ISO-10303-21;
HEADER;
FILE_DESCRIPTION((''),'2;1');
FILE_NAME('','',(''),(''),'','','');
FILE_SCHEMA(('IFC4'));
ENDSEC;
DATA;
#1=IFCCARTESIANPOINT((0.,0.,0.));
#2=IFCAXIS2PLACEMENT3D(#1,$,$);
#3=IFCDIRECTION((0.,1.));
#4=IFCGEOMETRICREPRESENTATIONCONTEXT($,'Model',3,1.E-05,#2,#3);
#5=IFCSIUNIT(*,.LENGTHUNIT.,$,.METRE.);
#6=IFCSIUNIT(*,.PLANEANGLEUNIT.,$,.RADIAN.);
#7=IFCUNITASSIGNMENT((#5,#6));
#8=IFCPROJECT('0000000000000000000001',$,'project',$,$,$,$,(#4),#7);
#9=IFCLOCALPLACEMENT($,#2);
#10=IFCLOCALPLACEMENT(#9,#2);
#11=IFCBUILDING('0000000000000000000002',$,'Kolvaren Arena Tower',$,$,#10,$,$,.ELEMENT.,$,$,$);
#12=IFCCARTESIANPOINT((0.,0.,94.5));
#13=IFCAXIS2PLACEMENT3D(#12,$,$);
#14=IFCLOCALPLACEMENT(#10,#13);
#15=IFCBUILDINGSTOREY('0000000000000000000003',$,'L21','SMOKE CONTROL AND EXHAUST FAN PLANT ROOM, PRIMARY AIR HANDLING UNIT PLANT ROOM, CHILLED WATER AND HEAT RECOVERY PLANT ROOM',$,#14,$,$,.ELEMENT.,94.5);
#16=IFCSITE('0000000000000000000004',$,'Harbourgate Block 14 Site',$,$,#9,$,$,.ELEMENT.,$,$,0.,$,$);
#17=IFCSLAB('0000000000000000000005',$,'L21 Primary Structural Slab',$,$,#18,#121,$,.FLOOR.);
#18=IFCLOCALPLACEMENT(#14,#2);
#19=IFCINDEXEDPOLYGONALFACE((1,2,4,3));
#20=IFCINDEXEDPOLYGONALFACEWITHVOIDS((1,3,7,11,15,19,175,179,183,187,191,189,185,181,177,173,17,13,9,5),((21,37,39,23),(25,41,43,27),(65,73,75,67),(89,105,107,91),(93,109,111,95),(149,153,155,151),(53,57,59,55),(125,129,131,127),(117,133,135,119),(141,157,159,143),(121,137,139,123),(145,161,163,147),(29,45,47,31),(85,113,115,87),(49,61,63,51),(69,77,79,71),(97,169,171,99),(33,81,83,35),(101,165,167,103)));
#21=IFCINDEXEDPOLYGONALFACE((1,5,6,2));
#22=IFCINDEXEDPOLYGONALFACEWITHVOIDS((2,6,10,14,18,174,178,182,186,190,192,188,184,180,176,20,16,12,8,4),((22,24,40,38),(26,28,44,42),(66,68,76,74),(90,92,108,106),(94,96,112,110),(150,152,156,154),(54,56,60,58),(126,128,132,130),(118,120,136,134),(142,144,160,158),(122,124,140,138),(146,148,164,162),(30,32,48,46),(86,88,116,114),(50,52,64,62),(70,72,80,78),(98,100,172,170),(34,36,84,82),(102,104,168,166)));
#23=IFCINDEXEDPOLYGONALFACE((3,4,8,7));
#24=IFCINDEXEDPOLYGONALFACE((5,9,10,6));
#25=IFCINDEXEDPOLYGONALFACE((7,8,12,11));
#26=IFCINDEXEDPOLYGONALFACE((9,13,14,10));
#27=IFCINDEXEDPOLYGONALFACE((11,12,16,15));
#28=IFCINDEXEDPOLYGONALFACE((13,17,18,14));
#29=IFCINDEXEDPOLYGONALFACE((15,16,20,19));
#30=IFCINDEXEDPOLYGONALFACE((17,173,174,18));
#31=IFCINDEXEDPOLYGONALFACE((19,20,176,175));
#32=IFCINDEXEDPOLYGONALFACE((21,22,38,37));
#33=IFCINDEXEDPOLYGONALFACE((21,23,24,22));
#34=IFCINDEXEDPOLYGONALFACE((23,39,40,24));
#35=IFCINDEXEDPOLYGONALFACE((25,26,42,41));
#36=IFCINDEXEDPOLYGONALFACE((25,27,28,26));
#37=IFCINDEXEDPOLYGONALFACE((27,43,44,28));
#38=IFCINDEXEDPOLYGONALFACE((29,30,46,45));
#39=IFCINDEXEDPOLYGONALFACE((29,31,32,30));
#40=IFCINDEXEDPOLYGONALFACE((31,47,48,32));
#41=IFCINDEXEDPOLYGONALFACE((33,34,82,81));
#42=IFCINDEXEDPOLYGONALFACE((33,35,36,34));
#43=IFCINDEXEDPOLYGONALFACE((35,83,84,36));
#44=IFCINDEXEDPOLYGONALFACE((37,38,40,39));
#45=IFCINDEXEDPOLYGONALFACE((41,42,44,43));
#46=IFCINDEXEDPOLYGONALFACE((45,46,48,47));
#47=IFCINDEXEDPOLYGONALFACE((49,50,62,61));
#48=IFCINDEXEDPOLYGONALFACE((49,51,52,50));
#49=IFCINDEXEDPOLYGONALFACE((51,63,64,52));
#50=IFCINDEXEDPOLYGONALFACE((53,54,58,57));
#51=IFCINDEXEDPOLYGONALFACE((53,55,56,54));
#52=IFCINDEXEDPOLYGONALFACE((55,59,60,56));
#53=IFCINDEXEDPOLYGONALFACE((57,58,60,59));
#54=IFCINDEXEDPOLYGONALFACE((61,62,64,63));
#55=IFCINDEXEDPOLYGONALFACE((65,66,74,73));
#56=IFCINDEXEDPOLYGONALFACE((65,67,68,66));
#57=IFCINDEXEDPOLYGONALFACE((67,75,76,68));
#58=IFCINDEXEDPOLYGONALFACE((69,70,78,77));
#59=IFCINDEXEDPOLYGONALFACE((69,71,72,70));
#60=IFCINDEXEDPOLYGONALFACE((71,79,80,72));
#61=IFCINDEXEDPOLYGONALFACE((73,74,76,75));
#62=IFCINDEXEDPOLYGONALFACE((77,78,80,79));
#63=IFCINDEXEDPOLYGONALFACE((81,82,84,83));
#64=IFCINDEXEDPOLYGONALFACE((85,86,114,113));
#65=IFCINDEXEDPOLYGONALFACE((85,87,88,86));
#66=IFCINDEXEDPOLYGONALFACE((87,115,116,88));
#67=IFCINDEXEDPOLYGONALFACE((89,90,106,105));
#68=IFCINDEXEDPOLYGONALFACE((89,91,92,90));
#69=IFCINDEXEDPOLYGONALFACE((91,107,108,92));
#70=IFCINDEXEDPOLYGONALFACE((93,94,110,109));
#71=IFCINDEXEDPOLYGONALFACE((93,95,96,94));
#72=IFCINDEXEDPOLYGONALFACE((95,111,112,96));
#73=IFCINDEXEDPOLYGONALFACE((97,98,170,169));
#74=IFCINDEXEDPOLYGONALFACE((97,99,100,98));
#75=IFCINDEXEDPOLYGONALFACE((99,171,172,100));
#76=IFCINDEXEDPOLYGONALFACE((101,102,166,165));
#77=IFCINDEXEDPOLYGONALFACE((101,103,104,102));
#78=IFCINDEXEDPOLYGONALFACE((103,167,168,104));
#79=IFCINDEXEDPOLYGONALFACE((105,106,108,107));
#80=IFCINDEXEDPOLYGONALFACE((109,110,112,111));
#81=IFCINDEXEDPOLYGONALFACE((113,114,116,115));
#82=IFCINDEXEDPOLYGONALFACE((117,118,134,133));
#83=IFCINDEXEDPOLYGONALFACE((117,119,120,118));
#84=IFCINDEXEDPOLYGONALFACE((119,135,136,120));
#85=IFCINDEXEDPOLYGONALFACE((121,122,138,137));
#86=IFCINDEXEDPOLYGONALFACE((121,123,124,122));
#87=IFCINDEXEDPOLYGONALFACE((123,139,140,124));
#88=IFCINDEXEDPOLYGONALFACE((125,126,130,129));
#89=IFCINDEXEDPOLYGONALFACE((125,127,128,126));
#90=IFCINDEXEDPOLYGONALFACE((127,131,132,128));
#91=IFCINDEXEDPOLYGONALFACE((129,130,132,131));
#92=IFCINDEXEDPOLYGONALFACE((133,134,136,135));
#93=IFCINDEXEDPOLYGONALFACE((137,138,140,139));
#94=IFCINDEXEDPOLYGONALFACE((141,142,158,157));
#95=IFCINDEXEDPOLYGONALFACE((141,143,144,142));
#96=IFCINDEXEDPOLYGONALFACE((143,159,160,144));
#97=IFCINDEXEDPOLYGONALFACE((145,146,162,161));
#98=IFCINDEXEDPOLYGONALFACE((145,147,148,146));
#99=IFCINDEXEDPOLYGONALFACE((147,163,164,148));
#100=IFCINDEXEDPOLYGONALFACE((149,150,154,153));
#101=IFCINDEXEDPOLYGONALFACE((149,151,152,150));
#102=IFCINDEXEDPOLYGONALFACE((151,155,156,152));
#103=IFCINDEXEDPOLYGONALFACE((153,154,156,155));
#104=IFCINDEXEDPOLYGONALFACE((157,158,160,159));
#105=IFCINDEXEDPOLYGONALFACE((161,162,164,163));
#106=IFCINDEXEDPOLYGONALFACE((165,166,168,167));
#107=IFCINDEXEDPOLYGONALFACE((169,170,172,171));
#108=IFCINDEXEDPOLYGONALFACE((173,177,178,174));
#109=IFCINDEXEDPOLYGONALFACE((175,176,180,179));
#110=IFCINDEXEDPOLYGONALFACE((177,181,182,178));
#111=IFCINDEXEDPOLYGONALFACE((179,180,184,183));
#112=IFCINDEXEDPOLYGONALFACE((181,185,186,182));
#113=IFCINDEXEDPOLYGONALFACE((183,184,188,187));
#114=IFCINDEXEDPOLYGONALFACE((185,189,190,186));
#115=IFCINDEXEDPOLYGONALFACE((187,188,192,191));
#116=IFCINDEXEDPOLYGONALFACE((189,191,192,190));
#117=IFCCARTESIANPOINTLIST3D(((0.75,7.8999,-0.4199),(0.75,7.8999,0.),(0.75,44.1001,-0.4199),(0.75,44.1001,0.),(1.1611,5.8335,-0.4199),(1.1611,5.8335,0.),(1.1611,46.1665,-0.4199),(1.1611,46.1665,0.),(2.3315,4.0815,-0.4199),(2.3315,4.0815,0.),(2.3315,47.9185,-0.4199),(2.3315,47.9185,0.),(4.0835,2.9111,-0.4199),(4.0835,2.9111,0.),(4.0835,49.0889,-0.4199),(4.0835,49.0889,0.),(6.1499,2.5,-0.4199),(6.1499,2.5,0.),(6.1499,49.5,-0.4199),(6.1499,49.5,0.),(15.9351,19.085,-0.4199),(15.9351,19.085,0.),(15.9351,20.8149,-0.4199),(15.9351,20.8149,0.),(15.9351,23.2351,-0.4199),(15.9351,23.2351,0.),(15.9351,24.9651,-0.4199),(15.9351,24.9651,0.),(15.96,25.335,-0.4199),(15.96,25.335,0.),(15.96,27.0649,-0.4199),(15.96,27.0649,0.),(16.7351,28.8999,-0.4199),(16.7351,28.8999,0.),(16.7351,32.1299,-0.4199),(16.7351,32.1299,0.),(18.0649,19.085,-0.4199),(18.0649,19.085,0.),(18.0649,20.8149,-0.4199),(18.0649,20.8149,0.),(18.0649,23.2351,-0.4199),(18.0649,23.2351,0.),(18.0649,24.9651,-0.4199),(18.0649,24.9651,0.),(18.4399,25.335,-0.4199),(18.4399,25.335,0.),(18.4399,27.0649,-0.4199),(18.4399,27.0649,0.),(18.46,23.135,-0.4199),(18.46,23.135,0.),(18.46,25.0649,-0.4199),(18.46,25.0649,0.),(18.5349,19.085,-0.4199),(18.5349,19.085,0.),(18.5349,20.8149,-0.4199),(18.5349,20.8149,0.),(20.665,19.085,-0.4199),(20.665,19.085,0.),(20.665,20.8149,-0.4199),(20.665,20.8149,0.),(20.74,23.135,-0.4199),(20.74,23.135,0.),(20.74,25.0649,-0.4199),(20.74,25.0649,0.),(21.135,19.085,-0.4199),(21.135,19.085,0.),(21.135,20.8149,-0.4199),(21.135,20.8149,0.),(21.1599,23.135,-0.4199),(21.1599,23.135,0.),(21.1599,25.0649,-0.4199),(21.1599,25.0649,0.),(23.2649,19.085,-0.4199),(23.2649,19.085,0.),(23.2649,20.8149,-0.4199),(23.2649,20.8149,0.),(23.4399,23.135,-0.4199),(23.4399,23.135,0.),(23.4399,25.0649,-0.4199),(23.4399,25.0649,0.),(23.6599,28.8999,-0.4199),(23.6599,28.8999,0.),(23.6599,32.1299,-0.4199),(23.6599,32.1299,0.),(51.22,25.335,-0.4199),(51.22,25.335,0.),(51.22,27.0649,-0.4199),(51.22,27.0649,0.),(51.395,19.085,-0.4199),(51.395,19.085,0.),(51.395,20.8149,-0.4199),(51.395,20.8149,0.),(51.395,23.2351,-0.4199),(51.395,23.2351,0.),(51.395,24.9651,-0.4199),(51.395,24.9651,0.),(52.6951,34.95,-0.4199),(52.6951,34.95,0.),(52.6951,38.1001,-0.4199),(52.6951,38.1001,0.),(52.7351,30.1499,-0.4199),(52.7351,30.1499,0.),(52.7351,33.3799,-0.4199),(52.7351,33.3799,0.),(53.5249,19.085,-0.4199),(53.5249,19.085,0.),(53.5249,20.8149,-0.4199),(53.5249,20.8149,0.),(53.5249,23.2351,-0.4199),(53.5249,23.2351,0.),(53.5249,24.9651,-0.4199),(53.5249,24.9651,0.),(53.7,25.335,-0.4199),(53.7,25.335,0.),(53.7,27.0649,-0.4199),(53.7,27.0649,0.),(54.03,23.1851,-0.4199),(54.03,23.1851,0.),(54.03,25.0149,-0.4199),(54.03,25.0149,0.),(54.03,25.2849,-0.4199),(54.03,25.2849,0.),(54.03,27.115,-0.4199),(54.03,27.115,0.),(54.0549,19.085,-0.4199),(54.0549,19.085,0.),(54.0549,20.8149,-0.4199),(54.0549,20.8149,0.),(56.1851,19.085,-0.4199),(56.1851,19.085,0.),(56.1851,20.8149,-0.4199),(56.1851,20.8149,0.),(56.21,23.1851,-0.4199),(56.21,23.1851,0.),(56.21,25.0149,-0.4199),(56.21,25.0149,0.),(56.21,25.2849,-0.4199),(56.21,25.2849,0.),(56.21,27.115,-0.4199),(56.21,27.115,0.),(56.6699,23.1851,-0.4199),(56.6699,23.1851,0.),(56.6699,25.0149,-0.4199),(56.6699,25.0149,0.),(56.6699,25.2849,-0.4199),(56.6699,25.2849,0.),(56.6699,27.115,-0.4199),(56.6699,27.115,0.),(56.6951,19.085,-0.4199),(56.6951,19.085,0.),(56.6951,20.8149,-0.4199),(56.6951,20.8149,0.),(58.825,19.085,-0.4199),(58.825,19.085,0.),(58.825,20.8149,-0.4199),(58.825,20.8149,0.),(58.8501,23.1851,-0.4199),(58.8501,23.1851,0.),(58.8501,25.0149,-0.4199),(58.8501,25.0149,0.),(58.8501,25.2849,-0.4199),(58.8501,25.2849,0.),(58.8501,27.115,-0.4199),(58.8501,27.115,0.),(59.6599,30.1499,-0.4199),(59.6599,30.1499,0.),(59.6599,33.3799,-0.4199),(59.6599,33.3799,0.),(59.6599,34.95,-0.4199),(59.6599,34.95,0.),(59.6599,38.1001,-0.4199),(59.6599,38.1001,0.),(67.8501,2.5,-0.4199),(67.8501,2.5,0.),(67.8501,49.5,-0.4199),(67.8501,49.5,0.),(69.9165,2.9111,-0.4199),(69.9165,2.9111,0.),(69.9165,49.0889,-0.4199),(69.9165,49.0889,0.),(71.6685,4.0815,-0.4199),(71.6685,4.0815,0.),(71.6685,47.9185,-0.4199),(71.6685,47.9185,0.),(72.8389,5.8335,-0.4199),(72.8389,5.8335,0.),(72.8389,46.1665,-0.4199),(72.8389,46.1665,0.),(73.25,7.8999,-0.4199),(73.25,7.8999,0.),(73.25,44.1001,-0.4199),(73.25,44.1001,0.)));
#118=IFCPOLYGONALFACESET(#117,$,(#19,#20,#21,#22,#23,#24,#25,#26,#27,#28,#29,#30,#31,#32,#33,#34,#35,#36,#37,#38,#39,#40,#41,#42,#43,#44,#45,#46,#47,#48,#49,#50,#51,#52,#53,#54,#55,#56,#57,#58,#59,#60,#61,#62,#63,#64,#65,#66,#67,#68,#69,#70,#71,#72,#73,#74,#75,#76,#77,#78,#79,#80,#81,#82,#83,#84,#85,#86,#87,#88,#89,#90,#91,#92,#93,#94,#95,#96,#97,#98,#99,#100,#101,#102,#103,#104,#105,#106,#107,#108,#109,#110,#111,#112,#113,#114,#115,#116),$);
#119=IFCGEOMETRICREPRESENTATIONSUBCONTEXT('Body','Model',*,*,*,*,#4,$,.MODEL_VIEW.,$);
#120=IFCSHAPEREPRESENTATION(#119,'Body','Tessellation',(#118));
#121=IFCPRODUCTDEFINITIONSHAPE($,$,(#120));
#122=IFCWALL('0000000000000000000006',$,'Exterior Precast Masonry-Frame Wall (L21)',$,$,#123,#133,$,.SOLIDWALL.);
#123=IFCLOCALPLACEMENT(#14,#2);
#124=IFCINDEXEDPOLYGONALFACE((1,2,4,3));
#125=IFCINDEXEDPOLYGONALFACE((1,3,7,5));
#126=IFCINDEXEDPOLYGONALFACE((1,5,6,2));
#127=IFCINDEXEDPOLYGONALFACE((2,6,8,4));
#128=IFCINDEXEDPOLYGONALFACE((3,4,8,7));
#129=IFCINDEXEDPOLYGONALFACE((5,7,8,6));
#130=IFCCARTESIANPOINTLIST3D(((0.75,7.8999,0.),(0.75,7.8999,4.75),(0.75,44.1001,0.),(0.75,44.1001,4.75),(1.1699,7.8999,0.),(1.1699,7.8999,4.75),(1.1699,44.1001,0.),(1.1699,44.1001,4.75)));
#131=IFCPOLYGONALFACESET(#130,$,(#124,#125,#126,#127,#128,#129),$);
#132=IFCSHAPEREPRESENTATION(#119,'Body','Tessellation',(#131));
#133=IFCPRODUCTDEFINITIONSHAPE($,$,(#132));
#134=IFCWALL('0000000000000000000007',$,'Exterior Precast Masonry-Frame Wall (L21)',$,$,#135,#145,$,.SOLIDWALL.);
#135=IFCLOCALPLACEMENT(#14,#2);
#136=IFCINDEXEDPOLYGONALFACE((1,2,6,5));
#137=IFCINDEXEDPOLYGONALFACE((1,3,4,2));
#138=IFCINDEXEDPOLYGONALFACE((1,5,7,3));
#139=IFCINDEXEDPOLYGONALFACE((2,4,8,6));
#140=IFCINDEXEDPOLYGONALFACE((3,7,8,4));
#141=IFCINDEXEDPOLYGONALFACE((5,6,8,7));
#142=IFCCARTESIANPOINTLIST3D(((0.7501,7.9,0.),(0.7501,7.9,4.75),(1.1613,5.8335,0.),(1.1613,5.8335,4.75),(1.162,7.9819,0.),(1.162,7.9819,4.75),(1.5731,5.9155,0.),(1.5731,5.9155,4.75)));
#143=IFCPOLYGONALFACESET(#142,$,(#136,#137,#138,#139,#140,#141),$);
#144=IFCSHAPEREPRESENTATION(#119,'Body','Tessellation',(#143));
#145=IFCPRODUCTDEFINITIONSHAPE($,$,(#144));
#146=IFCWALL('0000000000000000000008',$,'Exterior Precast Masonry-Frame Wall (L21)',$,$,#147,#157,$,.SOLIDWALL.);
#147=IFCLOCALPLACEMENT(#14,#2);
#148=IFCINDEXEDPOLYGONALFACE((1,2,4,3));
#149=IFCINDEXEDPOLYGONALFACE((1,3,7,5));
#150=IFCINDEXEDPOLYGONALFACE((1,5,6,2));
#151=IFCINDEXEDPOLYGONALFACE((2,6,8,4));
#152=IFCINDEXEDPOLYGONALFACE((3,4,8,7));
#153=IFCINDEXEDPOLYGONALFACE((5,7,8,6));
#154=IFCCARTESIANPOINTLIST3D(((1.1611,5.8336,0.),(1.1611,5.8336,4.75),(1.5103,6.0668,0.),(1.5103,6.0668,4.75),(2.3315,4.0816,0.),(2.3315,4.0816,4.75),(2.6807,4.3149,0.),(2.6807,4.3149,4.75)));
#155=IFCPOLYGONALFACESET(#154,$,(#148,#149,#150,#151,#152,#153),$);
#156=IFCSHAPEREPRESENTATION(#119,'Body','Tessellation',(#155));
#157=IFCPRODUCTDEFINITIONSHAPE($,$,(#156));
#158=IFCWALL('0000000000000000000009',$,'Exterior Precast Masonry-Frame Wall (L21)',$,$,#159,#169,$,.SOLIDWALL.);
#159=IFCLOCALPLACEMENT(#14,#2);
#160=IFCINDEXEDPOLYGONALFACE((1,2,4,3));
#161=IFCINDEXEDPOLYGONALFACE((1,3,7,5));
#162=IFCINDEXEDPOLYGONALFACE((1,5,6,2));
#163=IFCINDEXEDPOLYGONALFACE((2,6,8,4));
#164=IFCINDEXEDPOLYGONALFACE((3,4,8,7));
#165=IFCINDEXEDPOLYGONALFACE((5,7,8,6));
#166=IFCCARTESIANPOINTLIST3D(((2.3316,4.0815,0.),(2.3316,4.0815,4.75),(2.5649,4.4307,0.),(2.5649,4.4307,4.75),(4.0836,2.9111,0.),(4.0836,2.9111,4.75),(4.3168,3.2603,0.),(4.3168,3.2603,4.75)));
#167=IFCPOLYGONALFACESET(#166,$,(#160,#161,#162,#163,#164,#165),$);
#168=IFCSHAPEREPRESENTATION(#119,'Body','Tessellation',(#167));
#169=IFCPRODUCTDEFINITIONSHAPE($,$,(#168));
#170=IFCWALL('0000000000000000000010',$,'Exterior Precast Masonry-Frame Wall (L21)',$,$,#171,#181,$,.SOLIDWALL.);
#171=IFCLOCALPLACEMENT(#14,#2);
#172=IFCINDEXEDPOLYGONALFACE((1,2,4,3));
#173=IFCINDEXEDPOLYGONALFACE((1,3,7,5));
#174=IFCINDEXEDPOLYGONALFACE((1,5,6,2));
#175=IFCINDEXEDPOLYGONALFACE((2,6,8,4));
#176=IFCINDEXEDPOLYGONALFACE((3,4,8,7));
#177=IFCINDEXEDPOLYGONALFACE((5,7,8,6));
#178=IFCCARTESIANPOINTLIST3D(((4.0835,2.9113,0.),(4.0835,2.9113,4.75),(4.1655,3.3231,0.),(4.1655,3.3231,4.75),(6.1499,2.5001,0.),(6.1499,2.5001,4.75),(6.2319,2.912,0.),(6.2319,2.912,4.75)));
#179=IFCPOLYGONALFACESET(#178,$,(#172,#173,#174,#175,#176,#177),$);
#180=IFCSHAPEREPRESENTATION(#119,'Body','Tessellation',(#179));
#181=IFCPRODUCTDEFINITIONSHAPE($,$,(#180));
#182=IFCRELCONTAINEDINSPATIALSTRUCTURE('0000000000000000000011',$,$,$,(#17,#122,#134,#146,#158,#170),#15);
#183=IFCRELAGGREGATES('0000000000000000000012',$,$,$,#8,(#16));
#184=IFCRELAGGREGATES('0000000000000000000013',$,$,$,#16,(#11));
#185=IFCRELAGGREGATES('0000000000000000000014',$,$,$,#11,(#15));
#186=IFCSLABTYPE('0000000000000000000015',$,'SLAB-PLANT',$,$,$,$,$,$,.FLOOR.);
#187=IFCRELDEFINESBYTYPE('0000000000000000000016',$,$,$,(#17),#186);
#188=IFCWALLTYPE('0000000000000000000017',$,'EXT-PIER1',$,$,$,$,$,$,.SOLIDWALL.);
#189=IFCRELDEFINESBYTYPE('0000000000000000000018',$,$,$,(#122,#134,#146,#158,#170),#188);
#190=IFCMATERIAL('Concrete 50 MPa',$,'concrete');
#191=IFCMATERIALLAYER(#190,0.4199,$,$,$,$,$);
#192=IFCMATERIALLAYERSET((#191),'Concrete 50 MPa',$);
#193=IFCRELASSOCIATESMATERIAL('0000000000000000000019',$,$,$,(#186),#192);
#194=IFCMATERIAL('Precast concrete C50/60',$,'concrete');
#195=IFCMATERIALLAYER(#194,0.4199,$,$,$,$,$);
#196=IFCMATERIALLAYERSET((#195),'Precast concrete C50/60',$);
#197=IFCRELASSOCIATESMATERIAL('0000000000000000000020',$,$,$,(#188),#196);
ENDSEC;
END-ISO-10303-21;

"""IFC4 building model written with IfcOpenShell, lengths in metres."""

from ifc_helpers import new_model, si_unit, direction, frame, frame_2d, origin, place, context, subcontext, project, spatial, polyline, rectangle, outline, extrude, material, layer, layer_set, type_object, element, save


model = new_model("IFC4")

# Units and contexts
model_context = context("Model", 3, precision=1e-05, world=origin(), true_north=direction((0.0, 1.0)))
body_context = subcontext(model_context, "Body", "Model", "MODEL_VIEW")
ifc_project = project(units=[si_unit("LENGTHUNIT", "METRE"), si_unit("PLANEANGLEUNIT", "RADIAN")], contexts=[model_context])

# Site, building, storey
site_placement = place(None, origin())
site = spatial("IfcSite", under=ifc_project, at=site_placement, Name="Harbourgate Block 14 Site", CompositionType="ELEMENT", RefElevation=0.0)
building_placement = place(site_placement, origin())
building = spatial("IfcBuilding", under=site, at=building_placement, Name="Kolvaren Arena Tower", CompositionType="ELEMENT")
storey_placement = place(building_placement, frame((0.0, 0.0, 94.5)))
storey = spatial("IfcBuildingStorey", under=building, at=storey_placement, Name="L21", Description="SMOKE CONTROL AND EXHAUST FAN PLANT ROOM, PRIMARY AIR HANDLING UNIT PLANT ROOM, CHILLED WATER AND HEAT RECOVERY PLANT ROOM", CompositionType="ELEMENT", Elevation=94.5)

# Slab
ifc_material_1 = material(Name="Concrete 50 MPa", Category="concrete")
ifc_layer_1 = layer(ifc_material_1, 0.4199)
ifc_layer_set_1 = layer_set([ifc_layer_1], Name="Concrete 50 MPa")
slab_type_1 = type_object("IfcSlabType", Name="SLAB-PLANT", PredefinedType="FLOOR", material=ifc_layer_set_1)
slab_1_placement = place(storey_placement, frame((0.0, 0.0, -0.4199)))
element("IfcSlab", 1, at=slab_1_placement, inside=storey, type_object=slab_type_1, Name="L21 Primary Structural Slab", PredefinedType="FLOOR", context=body_context, shape_type="SweptSolid", body=[
    extrude(outline(polyline([(67.8501, 2.5), (69.9165, 2.9111), (71.6685, 4.0815), (72.8389, 5.8335), (73.25, 7.8999), (73.25, 44.1001), (72.8389, 46.1665), (71.6685, 47.9185), (69.9165, 49.0889), (67.8501, 49.5), (6.1499, 49.5), (4.0835, 49.0889), (2.3315, 47.9185), (1.1611, 46.1665), (0.75, 44.1001), (0.75, 7.8999), (1.1611, 5.8335), (2.3315, 4.0815), (4.0835, 2.9111), (6.1499, 2.5), (67.8501, 2.5)]), holes=[polyline([(15.9351, 19.085), (15.9351, 20.8149), (18.0649, 20.8149), (18.0649, 19.085), (15.9351, 19.085)]), polyline([(18.5349, 19.085), (18.5349, 20.8149), (20.665, 20.8149), (20.665, 19.085), (18.5349, 19.085)]), polyline([(21.135, 19.085), (21.135, 20.8149), (23.2649, 20.8149), (23.2649, 19.085), (21.135, 19.085)]), polyline([(51.395, 19.085), (51.395, 20.8149), (53.5249, 20.8149), (53.5249, 19.085), (51.395, 19.085)]), polyline([(54.0549, 19.085), (54.0549, 20.8149), (56.1851, 20.8149), (56.1851, 19.085), (54.0549, 19.085)]), polyline([(56.6951, 19.085), (56.6951, 20.8149), (58.825, 20.8149), (58.825, 19.085), (56.6951, 19.085)]), polyline([(18.46, 23.135), (18.46, 25.0649), (20.74, 25.0649), (20.74, 23.135), (18.46, 23.135)]), polyline([(21.1599, 23.135), (21.1599, 25.0649), (23.4399, 25.0649), (23.4399, 23.135), (21.1599, 23.135)]), polyline([(54.03, 25.0149), (56.21, 25.0149), (56.21, 23.1851), (54.03, 23.1851), (54.03, 25.0149)]), polyline([(56.6699, 25.0149), (58.8501, 25.0149), (58.8501, 23.1851), (56.6699, 23.1851), (56.6699, 25.0149)]), polyline([(15.9351, 23.2351), (15.9351, 24.9651), (18.0649, 24.9651), (18.0649, 23.2351), (15.9351, 23.2351)]), polyline([(51.395, 24.9651), (53.5249, 24.9651), (53.5249, 23.2351), (51.395, 23.2351), (51.395, 24.9651)]), polyline([(54.03, 25.2849), (54.03, 27.115), (56.21, 27.115), (56.21, 25.2849), (54.03, 25.2849)]), polyline([(56.6699, 25.2849), (56.6699, 27.115), (58.8501, 27.115), (58.8501, 25.2849), (56.6699, 25.2849)]), polyline([(15.96, 27.0649), (18.4399, 27.0649), (18.4399, 25.335), (15.96, 25.335), (15.96, 27.0649)]), polyline([(51.22, 25.335), (51.22, 27.0649), (53.7, 27.0649), (53.7, 25.335), (51.22, 25.335)]), polyline([(16.7351, 28.8999), (16.7351, 32.1299), (23.6599, 32.1299), (23.6599, 28.8999), (16.7351, 28.8999)]), polyline([(52.7351, 33.3799), (59.6599, 33.3799), (59.6599, 30.1499), (52.7351, 30.1499), (52.7351, 33.3799)]), polyline([(52.6951, 38.1001), (59.6599, 38.1001), (59.6599, 34.95), (52.6951, 34.95), (52.6951, 38.1001)])]), origin(), (0.0, 0.0, 1.0), 0.4199),
])

# Walls
ifc_material_2 = material(Name="Precast concrete C50/60", Category="concrete")
ifc_layer_2 = layer(ifc_material_2, 0.4199)
ifc_layer_set_2 = layer_set([ifc_layer_2], Name="Precast concrete C50/60")
wall_type_1 = type_object("IfcWallType", Name="EXT-PIER1", PredefinedType="SOLIDWALL", material=ifc_layer_set_2)
wall_1_placement = place(storey_placement, frame((0.96, 7.8999, 0.0), z_axis=(0.0, 0.0, 1.0), x_axis=(0.0, 1.0, 0.0)))
element("IfcWall", 2, at=wall_1_placement, inside=storey, type_object=wall_type_1, Name="Exterior Precast Masonry-Frame Wall (L21)", PredefinedType="SOLIDWALL", context=body_context, shape_type="SweptSolid", body=[
    extrude(rectangle(XDim=36.2002, YDim=0.4199, at=frame_2d((18.1001, 0.0))), origin(), (0.0, 0.0, 1.0), 4.75),
])
for number, where, z_axis, x_axis, name in (
    (3, (1.3672, 5.8745, 0.0), (0.0, 0.0, 1.0), (-0.195136, 0.980776, 0.0), "Exterior Precast Masonry-Frame Wall (L21)"),
    (4, (2.5061, 4.1982, 0.0), (0.0, 0.0, 1.0), (-0.555502, 0.831515, 0.0), "Exterior Precast Masonry-Frame Wall (L21)"),
    (5, (4.2002, 3.0857, 0.0), (0.0, 0.0, 1.0), (-0.831515, 0.555502, 0.0), "Exterior Precast Masonry-Frame Wall (L21)"),
    (6, (6.1909, 2.7061, 0.0), (0.0, 0.0, 1.0), (-0.980776, 0.195136, 0.0), "Exterior Precast Masonry-Frame Wall (L21)"),
):
    element("IfcWall", number, at=place(storey_placement, frame(where, z_axis=z_axis, x_axis=x_axis)), inside=storey, type_object=wall_type_1, Name=name, PredefinedType="SOLIDWALL", context=body_context, shape_type="SweptSolid", body=[
        extrude(rectangle(XDim=2.1069, YDim=0.4199, at=frame_2d((1.0535, 0.0))), origin(), (0.0, 0.0, 1.0), 4.75),
    ])

save(model, "model.ifc")
